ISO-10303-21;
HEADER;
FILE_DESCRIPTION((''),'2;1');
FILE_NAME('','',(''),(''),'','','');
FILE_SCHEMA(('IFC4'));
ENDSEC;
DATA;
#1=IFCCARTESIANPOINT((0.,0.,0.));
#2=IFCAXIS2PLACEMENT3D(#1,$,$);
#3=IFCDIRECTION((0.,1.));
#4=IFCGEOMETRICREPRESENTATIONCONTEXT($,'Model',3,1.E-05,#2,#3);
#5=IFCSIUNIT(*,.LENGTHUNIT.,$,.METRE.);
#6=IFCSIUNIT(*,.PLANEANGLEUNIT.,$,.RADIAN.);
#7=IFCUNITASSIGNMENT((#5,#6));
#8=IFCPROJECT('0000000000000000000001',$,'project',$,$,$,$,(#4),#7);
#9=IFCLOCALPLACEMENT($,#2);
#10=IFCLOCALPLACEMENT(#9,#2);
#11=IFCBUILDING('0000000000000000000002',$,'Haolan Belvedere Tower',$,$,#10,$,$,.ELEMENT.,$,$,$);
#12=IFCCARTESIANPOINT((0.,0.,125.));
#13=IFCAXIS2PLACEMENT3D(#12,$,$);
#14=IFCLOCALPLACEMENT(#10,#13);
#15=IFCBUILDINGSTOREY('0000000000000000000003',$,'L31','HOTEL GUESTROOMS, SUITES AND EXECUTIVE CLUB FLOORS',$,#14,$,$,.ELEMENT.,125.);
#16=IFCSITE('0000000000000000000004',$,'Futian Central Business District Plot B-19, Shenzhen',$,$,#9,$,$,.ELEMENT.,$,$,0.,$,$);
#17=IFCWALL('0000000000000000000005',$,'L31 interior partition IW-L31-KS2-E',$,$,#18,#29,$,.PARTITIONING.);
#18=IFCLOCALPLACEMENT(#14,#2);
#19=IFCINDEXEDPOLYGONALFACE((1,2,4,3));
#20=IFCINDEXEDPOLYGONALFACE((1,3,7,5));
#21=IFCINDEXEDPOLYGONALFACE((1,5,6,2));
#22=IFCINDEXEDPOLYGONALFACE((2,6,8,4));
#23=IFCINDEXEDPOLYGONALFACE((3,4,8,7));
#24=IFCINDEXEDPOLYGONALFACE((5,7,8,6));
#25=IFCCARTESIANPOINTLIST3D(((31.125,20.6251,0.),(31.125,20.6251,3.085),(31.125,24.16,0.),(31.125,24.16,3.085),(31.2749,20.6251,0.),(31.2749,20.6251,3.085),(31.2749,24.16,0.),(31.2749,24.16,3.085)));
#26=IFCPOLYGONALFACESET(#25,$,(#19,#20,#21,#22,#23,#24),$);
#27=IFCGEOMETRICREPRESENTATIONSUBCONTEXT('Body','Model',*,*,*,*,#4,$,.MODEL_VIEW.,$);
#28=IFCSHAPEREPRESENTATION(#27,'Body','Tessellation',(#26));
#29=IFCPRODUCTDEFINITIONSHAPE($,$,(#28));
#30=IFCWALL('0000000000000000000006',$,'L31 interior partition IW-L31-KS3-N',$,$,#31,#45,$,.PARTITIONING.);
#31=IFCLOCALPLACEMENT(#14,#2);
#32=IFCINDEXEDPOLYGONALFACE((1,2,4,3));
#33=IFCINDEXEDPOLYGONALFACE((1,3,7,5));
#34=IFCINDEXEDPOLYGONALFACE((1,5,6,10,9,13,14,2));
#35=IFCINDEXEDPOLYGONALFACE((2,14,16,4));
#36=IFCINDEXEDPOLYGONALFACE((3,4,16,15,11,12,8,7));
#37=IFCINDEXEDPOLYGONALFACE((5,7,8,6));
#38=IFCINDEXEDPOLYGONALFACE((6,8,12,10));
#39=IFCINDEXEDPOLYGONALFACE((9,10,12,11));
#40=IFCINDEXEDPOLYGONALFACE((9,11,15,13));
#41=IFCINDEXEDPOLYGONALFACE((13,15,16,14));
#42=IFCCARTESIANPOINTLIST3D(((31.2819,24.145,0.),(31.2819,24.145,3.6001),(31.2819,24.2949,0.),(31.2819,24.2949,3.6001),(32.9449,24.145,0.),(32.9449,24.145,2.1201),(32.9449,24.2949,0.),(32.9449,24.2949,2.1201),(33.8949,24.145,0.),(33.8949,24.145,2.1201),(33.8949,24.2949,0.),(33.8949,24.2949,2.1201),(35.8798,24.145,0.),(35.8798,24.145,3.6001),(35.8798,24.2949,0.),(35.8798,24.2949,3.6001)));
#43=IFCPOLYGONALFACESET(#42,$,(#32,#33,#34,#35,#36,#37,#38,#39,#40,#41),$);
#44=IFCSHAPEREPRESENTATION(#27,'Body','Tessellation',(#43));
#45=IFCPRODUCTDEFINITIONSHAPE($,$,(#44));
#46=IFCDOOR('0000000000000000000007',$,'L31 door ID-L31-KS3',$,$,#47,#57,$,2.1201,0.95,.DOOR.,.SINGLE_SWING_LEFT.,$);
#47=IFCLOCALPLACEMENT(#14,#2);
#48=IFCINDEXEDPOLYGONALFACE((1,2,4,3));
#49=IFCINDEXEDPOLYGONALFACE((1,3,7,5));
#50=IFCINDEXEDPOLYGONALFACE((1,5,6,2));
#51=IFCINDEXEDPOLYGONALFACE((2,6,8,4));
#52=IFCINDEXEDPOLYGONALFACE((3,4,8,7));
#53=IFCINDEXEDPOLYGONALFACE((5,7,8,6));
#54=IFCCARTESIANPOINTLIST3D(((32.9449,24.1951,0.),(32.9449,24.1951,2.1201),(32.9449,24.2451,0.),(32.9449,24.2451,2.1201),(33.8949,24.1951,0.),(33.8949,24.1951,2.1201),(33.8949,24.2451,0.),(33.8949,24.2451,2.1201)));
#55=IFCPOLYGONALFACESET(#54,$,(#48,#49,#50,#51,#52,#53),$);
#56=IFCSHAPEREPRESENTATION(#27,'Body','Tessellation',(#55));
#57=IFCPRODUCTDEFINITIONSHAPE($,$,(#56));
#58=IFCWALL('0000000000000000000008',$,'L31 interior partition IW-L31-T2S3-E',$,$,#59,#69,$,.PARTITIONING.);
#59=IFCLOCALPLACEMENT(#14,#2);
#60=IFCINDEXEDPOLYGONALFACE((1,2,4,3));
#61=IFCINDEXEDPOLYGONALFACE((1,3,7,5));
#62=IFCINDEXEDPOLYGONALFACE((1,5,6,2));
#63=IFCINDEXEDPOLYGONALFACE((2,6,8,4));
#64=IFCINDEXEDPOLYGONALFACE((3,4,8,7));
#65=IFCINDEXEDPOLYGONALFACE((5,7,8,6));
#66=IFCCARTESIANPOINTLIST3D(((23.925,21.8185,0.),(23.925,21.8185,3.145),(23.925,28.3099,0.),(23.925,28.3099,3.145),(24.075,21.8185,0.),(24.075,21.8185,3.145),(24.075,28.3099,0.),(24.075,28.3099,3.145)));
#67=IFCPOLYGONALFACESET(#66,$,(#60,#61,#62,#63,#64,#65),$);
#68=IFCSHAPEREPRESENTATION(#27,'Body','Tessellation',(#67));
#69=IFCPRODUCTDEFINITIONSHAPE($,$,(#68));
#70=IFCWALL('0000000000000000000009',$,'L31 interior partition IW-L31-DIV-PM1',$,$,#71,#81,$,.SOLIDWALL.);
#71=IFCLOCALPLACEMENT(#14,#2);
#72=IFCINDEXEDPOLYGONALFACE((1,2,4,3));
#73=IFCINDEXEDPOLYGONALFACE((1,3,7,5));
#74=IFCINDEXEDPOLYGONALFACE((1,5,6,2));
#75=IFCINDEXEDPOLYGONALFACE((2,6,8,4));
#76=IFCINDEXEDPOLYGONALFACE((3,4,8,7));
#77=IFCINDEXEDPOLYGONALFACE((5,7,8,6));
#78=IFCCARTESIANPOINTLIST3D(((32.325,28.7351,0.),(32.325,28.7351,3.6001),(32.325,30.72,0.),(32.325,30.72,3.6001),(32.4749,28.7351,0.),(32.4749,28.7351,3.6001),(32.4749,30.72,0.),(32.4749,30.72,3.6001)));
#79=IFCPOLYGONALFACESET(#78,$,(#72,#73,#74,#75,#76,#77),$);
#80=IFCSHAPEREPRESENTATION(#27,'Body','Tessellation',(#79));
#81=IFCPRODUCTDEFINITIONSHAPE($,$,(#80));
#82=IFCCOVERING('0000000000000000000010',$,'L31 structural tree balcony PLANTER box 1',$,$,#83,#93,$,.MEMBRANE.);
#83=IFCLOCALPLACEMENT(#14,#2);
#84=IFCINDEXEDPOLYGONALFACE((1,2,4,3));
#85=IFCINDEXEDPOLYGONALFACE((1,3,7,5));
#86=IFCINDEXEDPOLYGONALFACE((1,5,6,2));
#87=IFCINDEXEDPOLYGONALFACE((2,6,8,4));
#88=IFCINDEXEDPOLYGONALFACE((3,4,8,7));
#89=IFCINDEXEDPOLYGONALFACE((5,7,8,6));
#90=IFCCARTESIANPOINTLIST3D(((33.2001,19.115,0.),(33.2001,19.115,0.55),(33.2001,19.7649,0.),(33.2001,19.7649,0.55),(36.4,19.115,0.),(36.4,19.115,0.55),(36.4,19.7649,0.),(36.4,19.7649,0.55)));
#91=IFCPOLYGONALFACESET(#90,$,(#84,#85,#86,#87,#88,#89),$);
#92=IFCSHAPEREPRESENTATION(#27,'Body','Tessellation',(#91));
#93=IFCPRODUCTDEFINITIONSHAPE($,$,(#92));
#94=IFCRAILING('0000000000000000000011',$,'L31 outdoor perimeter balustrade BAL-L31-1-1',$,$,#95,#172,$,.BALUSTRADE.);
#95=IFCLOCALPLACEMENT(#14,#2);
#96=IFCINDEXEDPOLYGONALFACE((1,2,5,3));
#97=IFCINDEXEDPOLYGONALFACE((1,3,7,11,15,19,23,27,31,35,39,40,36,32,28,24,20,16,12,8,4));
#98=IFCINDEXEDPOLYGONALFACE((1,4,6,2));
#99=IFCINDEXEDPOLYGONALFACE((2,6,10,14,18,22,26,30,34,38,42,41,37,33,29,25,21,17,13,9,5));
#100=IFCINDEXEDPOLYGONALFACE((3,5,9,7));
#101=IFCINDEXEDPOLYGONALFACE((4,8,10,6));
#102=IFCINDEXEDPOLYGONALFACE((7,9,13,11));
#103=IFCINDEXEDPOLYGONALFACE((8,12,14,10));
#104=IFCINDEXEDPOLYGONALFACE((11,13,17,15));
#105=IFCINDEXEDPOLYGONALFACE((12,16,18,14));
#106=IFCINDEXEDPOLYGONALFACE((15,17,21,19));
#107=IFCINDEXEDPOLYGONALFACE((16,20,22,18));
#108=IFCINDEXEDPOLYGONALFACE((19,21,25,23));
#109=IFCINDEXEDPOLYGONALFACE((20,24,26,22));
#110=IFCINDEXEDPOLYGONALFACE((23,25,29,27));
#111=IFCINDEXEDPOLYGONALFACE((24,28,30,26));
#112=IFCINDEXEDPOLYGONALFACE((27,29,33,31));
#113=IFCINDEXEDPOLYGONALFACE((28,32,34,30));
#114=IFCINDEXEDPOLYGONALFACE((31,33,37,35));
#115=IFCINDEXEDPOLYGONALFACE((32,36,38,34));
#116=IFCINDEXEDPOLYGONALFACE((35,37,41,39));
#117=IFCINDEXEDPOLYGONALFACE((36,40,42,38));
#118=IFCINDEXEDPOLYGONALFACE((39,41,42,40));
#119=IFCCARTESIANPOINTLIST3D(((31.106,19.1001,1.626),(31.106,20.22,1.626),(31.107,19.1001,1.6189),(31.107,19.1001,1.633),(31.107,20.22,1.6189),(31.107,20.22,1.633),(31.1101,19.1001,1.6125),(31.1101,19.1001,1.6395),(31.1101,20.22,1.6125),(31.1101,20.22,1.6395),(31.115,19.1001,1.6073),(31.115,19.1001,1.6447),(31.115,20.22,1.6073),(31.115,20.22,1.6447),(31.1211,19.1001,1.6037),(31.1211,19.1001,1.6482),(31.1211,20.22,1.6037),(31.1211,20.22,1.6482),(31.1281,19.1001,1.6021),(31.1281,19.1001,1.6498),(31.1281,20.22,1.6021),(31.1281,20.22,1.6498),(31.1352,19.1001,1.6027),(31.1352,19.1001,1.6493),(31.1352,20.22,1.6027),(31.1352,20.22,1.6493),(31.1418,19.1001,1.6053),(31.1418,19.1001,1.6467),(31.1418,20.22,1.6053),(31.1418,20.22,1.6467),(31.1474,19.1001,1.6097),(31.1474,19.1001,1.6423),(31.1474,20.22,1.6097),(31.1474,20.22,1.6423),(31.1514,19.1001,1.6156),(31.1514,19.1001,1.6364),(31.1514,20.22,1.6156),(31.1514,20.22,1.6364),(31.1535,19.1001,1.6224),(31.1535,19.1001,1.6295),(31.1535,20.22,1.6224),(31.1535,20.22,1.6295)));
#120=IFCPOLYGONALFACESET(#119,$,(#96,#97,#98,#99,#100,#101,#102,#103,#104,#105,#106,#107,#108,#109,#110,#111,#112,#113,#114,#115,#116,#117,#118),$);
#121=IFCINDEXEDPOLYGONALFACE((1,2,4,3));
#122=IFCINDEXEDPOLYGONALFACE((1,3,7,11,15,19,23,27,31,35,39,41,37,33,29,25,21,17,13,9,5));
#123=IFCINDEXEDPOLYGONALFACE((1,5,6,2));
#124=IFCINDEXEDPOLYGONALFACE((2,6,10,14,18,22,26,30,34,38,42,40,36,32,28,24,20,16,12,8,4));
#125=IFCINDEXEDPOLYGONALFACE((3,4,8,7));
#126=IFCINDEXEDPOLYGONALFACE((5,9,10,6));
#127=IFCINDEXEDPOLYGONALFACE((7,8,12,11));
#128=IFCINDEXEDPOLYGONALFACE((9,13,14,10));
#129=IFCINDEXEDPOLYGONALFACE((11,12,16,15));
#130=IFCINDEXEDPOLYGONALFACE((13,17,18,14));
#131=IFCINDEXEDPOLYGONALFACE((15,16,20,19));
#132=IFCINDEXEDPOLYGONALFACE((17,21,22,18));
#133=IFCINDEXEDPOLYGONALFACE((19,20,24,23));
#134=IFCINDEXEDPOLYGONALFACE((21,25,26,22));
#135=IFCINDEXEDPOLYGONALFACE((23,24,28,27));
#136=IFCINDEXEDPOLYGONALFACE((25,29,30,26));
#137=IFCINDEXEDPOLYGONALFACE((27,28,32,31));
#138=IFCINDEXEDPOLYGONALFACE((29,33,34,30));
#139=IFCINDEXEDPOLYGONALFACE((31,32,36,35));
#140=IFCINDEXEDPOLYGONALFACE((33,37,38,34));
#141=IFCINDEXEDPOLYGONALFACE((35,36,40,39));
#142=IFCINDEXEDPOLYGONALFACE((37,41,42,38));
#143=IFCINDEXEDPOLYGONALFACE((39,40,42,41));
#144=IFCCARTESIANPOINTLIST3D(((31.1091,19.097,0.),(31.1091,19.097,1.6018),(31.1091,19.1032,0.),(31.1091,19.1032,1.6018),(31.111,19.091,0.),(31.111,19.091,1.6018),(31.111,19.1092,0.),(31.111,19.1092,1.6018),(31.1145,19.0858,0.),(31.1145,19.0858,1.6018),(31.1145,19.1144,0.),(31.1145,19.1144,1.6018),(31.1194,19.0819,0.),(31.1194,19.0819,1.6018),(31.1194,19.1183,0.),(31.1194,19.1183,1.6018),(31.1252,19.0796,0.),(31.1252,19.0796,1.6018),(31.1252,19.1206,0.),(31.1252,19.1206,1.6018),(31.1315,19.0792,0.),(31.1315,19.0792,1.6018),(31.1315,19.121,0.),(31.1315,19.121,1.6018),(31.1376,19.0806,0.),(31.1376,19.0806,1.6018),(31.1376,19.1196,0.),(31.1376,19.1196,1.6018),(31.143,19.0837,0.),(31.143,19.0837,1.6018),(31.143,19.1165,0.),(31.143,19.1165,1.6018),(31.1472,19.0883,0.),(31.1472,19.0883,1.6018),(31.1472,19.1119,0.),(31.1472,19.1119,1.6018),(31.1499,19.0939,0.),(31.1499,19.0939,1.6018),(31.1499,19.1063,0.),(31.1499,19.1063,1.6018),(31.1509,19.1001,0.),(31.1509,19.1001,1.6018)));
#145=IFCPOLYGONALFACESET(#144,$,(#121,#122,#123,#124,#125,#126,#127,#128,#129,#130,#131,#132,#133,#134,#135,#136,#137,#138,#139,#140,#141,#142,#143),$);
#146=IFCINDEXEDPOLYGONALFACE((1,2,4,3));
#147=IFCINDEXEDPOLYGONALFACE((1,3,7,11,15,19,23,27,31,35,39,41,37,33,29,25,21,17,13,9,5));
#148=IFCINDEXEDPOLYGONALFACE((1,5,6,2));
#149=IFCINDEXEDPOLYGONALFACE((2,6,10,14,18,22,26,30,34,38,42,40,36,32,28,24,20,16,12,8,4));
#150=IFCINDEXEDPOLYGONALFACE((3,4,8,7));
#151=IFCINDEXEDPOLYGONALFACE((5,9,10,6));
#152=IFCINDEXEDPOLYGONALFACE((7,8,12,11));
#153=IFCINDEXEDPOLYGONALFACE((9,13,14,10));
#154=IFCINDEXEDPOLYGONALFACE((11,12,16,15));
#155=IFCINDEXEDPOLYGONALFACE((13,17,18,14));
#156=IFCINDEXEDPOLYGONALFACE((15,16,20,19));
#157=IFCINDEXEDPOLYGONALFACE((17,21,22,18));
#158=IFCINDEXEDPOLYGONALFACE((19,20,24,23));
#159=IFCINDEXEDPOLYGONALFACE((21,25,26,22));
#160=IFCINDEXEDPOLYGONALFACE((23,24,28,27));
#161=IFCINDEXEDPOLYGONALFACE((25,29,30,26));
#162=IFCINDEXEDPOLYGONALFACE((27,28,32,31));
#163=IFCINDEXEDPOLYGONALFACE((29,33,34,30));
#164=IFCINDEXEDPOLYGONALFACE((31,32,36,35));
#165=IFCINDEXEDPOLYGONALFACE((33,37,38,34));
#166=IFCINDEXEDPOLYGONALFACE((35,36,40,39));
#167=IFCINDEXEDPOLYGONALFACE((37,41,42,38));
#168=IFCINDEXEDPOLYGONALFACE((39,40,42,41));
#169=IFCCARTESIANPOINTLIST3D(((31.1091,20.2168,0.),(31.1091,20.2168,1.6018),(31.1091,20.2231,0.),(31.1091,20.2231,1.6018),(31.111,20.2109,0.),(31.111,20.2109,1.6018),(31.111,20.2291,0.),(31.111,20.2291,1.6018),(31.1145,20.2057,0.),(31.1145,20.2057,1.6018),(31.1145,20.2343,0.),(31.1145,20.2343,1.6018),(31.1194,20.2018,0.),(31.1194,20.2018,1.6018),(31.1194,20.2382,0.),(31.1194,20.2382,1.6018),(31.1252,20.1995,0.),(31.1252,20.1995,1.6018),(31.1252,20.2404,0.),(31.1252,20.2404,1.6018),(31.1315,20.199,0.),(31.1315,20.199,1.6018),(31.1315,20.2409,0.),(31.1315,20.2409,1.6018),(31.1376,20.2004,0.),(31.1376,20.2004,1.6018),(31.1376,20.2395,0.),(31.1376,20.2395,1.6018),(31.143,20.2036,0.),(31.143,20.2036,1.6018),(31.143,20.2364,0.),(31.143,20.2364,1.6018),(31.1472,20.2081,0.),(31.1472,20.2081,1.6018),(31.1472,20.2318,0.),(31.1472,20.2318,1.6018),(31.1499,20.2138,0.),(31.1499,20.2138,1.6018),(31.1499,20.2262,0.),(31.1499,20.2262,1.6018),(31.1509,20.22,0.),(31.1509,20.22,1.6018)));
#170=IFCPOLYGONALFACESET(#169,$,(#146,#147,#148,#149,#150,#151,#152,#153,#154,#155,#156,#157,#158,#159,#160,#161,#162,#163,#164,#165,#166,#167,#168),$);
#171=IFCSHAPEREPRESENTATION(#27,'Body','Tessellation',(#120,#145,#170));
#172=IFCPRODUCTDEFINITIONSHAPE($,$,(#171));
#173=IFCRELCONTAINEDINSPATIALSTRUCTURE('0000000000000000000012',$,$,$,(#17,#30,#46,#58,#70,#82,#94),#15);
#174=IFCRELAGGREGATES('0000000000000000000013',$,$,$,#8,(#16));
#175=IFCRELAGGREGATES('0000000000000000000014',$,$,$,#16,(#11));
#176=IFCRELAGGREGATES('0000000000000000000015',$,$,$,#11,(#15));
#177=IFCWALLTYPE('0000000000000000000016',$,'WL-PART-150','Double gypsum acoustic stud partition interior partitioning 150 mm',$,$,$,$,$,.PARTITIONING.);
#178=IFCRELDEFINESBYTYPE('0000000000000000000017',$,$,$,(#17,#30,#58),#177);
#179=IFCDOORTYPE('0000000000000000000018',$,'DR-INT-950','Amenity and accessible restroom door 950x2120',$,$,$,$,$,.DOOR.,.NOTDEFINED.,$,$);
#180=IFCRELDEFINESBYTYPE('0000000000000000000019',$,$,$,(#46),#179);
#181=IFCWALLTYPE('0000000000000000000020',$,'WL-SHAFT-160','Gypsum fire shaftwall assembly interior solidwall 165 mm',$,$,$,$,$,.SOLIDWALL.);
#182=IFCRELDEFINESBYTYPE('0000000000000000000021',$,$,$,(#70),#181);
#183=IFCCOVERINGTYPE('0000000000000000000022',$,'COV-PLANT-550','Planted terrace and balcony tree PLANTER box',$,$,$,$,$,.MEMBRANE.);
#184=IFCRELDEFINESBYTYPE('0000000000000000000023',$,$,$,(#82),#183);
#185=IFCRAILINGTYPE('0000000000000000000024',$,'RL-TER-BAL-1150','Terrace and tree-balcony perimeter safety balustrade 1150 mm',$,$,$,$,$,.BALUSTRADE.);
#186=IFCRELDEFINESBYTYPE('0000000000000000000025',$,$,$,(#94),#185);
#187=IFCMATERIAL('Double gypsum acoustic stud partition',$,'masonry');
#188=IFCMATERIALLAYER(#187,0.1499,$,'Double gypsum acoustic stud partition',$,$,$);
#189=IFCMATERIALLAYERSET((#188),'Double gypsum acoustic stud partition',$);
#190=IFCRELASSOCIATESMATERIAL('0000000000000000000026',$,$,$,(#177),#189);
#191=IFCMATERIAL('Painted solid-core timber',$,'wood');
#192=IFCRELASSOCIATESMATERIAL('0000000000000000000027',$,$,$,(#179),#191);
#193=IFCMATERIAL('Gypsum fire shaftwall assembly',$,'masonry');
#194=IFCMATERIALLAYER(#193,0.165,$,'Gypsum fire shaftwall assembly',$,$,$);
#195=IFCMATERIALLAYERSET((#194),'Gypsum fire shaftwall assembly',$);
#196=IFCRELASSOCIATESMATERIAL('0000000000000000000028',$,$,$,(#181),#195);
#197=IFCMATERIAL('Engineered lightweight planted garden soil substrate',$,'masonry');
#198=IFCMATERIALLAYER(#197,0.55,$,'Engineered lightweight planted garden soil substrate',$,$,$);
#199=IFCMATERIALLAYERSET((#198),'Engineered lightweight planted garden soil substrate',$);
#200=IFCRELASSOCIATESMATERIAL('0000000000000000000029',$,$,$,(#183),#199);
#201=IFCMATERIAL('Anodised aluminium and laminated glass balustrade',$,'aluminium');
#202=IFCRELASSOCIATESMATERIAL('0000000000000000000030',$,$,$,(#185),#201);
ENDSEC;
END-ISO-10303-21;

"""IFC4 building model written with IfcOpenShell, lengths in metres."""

from ifc_helpers import new_model, si_unit, direction, frame, frame_2d, origin, origin_2d, place, context, subcontext, project, spatial, rectangle, circle, extrude, material, layer, layer_set, type_object, element, fill, save


model = new_model("IFC4")

# Units and contexts
model_context = context("Model", 3, precision=1e-05, world=origin(), true_north=direction((0.0, 1.0)))
body_context = subcontext(model_context, "Body", "Model", "MODEL_VIEW")
ifc_project = project(units=[si_unit("LENGTHUNIT", "METRE"), si_unit("PLANEANGLEUNIT", "RADIAN")], contexts=[model_context])

# Site, building, storey
site_placement = place(None, origin())
site = spatial("IfcSite", under=ifc_project, at=site_placement, Name="Futian Central Business District Plot B-19, Shenzhen", CompositionType="ELEMENT", RefElevation=0.0)
building_placement = place(site_placement, origin())
building = spatial("IfcBuilding", under=site, at=building_placement, Name="Haolan Belvedere Tower", CompositionType="ELEMENT")
storey_placement = place(building_placement, frame((0.0, 0.0, 125.0)))
storey = spatial("IfcBuildingStorey", under=building, at=storey_placement, Name="L31", Description="HOTEL GUESTROOMS, SUITES AND EXECUTIVE CLUB FLOORS", CompositionType="ELEMENT", Elevation=125.0)

# Shared definitions
ifc_material_1 = material(Name="Double gypsum acoustic stud partition", Category="masonry")
ifc_layer_1 = layer(ifc_material_1, 0.1499, Name="Double gypsum acoustic stud partition")
ifc_layer_set_1 = layer_set([ifc_layer_1], Name="Double gypsum acoustic stud partition")
wall_type_1 = type_object("IfcWallType", Name="WL-PART-150", Description="Double gypsum acoustic stud partition interior partitioning 150 mm", PredefinedType="PARTITIONING", material=ifc_layer_set_1)

# Shared definitions
ifc_material_2 = material(Name="Painted solid-core timber", Category="wood")
door_type_1 = type_object("IfcDoorType", Name="DR-INT-950", Description="Amenity and accessible restroom door 950x2120", OperationType="NOTDEFINED", PredefinedType="DOOR", material=ifc_material_2)

# Wall
wall_1_placement = place(storey_placement, frame((31.2, 20.625, 0.0), z_axis=(0.0, 0.0, 1.0), x_axis=(0.0, 1.0, 0.0)))
element("IfcWall", 1, at=wall_1_placement, inside=storey, type_object=wall_type_1, Name="L31 interior partition IW-L31-KS2-E", PredefinedType="PARTITIONING", context=body_context, shape_type="SweptSolid", body=[
    extrude(rectangle(XDim=3.5349, YDim=0.1499, at=frame_2d((1.7676, 0.0))), origin(), (0.0, 0.0, 1.0), 3.085),
])

# Wall, opening, door
wall_2_placement = place(storey_placement, frame((31.282, 24.22, 0.0), z_axis=(0.0, 0.0, 1.0), x_axis=(1.0, 0.0, 0.0)))
wall_2 = element("IfcWall", 2, at=wall_2_placement, inside=storey, type_object=wall_type_1, Name="L31 interior partition IW-L31-KS3-N", PredefinedType="PARTITIONING", context=body_context, shape_type="SweptSolid", body=[
    extrude(rectangle(XDim=4.5979, YDim=0.1499, at=frame_2d((2.2988, 0.0))), origin(), (0.0, 0.0, 1.0), 3.6001),
])
opening_1_placement = place(wall_2_placement, frame((2.613, 0.0, 0.0), z_axis=(0.0, 0.0, 1.0), x_axis=(-1.0, 0.0, 0.0)))
opening_1 = element("IfcOpeningElement", 3, at=opening_1_placement, cuts=wall_2, PredefinedType="OPENING", context=body_context, shape_type="SweptSolid", body=[
    extrude(rectangle(XDim=0.95, YDim=2.1201, at=frame_2d((0.4751, 1.0601))), frame((0.0, 0.085, 0.0), z_axis=(0.0, -1.0, 0.0), x_axis=(1.0, 0.0, 0.0)), (0.0, 0.0, 1.0), 0.1699),
])
door_1_placement = place(opening_1_placement, origin())
door_1 = element("IfcDoor", 4, at=door_1_placement, inside=storey, type_object=door_type_1, Name="L31 door ID-L31-KS3", OperationType="SINGLE_SWING_LEFT", OverallHeight=2.1201, OverallWidth=0.95, PredefinedType="DOOR", context=body_context, shape_type="SweptSolid", body=[
    extrude(rectangle(XDim=0.95, YDim=2.1201, at=frame_2d((0.4751, 1.0601))), frame((0.0, 0.0249, 0.0), z_axis=(0.0, -1.0, 0.0), x_axis=(1.0, 0.0, 0.0)), (0.0, 0.0, 1.0), 0.05),
])
fill(opening_1, door_1)

# Walls
wall_3_placement = place(storey_placement, frame((24.0, 21.8186, 0.0), z_axis=(0.0, 0.0, 1.0), x_axis=(0.0, 1.0, 0.0)))
element("IfcWall", 5, at=wall_3_placement, inside=storey, type_object=wall_type_1, Name="L31 interior partition IW-L31-T2S3-E", PredefinedType="PARTITIONING", context=body_context, shape_type="SweptSolid", body=[
    extrude(rectangle(XDim=6.4915, YDim=0.1499, at=frame_2d((3.2456, 0.0))), origin(), (0.0, 0.0, 1.0), 3.145),
])
ifc_material_3 = material(Name="Gypsum fire shaftwall assembly", Category="masonry")
ifc_layer_2 = layer(ifc_material_3, 0.165, Name="Gypsum fire shaftwall assembly")
ifc_layer_set_2 = layer_set([ifc_layer_2], Name="Gypsum fire shaftwall assembly")
wall_type_2 = type_object("IfcWallType", Name="WL-SHAFT-160", Description="Gypsum fire shaftwall assembly interior solidwall 165 mm", PredefinedType="SOLIDWALL", material=ifc_layer_set_2)
wall_4_placement = place(storey_placement, frame((32.3999, 28.7351, 0.0), z_axis=(0.0, 0.0, 1.0), x_axis=(0.0, 1.0, 0.0)))
element("IfcWall", 6, at=wall_4_placement, inside=storey, type_object=wall_type_2, Name="L31 interior partition IW-L31-DIV-PM1", PredefinedType="SOLIDWALL", context=body_context, shape_type="SweptSolid", body=[
    extrude(rectangle(XDim=1.9849, YDim=0.1499, at=frame_2d((0.9924, 0.0))), origin(), (0.0, 0.0, 1.0), 3.6001),
])

# Covering
ifc_material_4 = material(Name="Engineered lightweight planted garden soil substrate", Category="masonry")
ifc_layer_3 = layer(ifc_material_4, 0.55, Name="Engineered lightweight planted garden soil substrate")
ifc_layer_set_3 = layer_set([ifc_layer_3], Name="Engineered lightweight planted garden soil substrate")
covering_type = type_object("IfcCoveringType", Name="COV-PLANT-550", Description="Planted terrace and balcony tree PLANTER box", PredefinedType="MEMBRANE", material=ifc_layer_set_3)
covering_placement = place(storey_placement, frame((34.8, 19.4399, 0.0), z_axis=(0.0, 0.0, 1.0), x_axis=(1.0, 0.0, 0.0)))
element("IfcCovering", 7, at=covering_placement, inside=storey, type_object=covering_type, Name="L31 structural tree balcony PLANTER box 1", PredefinedType="MEMBRANE", context=body_context, shape_type="SweptSolid", body=[
    extrude(rectangle(XDim=3.2, YDim=0.6499, at=origin_2d()), origin(), (0.0, 0.0, 1.0), 0.55),
])

# Railing
ifc_material_5 = material(Name="Anodised aluminium and laminated glass balustrade", Category="aluminium")
railing_type = type_object("IfcRailingType", Name="RL-TER-BAL-1150", Description="Terrace and tree-balcony perimeter safety balustrade 1150 mm", PredefinedType="BALUSTRADE", material=ifc_material_5)
railing_placement = place(storey_placement, frame((31.1299, 19.1001, 0.0)))
element("IfcRailing", 8, at=railing_placement, inside=storey, type_object=railing_type, Name="L31 outdoor perimeter balustrade BAL-L31-1-1", PredefinedType="BALUSTRADE", context=body_context, shape_type="SweptSolid", body=[
    extrude(circle(Radius=0.0239, at=origin_2d()), frame((0.0, 0.0, 1.626), z_axis=(0.0, 1.0, 0.0), x_axis=(-1.0, 0.0, 0.0)), (0.0, 0.0, 1.0), 1.1199),
    extrude(circle(Radius=0.021, at=origin_2d()), origin(), (0.0, 0.0, 1.0), 1.6018),
    extrude(circle(Radius=0.021, at=origin_2d()), frame((0.0, 1.1199, 0.0)), (0.0, 0.0, 1.0), 1.6018),
])

save(model, "model.ifc")
